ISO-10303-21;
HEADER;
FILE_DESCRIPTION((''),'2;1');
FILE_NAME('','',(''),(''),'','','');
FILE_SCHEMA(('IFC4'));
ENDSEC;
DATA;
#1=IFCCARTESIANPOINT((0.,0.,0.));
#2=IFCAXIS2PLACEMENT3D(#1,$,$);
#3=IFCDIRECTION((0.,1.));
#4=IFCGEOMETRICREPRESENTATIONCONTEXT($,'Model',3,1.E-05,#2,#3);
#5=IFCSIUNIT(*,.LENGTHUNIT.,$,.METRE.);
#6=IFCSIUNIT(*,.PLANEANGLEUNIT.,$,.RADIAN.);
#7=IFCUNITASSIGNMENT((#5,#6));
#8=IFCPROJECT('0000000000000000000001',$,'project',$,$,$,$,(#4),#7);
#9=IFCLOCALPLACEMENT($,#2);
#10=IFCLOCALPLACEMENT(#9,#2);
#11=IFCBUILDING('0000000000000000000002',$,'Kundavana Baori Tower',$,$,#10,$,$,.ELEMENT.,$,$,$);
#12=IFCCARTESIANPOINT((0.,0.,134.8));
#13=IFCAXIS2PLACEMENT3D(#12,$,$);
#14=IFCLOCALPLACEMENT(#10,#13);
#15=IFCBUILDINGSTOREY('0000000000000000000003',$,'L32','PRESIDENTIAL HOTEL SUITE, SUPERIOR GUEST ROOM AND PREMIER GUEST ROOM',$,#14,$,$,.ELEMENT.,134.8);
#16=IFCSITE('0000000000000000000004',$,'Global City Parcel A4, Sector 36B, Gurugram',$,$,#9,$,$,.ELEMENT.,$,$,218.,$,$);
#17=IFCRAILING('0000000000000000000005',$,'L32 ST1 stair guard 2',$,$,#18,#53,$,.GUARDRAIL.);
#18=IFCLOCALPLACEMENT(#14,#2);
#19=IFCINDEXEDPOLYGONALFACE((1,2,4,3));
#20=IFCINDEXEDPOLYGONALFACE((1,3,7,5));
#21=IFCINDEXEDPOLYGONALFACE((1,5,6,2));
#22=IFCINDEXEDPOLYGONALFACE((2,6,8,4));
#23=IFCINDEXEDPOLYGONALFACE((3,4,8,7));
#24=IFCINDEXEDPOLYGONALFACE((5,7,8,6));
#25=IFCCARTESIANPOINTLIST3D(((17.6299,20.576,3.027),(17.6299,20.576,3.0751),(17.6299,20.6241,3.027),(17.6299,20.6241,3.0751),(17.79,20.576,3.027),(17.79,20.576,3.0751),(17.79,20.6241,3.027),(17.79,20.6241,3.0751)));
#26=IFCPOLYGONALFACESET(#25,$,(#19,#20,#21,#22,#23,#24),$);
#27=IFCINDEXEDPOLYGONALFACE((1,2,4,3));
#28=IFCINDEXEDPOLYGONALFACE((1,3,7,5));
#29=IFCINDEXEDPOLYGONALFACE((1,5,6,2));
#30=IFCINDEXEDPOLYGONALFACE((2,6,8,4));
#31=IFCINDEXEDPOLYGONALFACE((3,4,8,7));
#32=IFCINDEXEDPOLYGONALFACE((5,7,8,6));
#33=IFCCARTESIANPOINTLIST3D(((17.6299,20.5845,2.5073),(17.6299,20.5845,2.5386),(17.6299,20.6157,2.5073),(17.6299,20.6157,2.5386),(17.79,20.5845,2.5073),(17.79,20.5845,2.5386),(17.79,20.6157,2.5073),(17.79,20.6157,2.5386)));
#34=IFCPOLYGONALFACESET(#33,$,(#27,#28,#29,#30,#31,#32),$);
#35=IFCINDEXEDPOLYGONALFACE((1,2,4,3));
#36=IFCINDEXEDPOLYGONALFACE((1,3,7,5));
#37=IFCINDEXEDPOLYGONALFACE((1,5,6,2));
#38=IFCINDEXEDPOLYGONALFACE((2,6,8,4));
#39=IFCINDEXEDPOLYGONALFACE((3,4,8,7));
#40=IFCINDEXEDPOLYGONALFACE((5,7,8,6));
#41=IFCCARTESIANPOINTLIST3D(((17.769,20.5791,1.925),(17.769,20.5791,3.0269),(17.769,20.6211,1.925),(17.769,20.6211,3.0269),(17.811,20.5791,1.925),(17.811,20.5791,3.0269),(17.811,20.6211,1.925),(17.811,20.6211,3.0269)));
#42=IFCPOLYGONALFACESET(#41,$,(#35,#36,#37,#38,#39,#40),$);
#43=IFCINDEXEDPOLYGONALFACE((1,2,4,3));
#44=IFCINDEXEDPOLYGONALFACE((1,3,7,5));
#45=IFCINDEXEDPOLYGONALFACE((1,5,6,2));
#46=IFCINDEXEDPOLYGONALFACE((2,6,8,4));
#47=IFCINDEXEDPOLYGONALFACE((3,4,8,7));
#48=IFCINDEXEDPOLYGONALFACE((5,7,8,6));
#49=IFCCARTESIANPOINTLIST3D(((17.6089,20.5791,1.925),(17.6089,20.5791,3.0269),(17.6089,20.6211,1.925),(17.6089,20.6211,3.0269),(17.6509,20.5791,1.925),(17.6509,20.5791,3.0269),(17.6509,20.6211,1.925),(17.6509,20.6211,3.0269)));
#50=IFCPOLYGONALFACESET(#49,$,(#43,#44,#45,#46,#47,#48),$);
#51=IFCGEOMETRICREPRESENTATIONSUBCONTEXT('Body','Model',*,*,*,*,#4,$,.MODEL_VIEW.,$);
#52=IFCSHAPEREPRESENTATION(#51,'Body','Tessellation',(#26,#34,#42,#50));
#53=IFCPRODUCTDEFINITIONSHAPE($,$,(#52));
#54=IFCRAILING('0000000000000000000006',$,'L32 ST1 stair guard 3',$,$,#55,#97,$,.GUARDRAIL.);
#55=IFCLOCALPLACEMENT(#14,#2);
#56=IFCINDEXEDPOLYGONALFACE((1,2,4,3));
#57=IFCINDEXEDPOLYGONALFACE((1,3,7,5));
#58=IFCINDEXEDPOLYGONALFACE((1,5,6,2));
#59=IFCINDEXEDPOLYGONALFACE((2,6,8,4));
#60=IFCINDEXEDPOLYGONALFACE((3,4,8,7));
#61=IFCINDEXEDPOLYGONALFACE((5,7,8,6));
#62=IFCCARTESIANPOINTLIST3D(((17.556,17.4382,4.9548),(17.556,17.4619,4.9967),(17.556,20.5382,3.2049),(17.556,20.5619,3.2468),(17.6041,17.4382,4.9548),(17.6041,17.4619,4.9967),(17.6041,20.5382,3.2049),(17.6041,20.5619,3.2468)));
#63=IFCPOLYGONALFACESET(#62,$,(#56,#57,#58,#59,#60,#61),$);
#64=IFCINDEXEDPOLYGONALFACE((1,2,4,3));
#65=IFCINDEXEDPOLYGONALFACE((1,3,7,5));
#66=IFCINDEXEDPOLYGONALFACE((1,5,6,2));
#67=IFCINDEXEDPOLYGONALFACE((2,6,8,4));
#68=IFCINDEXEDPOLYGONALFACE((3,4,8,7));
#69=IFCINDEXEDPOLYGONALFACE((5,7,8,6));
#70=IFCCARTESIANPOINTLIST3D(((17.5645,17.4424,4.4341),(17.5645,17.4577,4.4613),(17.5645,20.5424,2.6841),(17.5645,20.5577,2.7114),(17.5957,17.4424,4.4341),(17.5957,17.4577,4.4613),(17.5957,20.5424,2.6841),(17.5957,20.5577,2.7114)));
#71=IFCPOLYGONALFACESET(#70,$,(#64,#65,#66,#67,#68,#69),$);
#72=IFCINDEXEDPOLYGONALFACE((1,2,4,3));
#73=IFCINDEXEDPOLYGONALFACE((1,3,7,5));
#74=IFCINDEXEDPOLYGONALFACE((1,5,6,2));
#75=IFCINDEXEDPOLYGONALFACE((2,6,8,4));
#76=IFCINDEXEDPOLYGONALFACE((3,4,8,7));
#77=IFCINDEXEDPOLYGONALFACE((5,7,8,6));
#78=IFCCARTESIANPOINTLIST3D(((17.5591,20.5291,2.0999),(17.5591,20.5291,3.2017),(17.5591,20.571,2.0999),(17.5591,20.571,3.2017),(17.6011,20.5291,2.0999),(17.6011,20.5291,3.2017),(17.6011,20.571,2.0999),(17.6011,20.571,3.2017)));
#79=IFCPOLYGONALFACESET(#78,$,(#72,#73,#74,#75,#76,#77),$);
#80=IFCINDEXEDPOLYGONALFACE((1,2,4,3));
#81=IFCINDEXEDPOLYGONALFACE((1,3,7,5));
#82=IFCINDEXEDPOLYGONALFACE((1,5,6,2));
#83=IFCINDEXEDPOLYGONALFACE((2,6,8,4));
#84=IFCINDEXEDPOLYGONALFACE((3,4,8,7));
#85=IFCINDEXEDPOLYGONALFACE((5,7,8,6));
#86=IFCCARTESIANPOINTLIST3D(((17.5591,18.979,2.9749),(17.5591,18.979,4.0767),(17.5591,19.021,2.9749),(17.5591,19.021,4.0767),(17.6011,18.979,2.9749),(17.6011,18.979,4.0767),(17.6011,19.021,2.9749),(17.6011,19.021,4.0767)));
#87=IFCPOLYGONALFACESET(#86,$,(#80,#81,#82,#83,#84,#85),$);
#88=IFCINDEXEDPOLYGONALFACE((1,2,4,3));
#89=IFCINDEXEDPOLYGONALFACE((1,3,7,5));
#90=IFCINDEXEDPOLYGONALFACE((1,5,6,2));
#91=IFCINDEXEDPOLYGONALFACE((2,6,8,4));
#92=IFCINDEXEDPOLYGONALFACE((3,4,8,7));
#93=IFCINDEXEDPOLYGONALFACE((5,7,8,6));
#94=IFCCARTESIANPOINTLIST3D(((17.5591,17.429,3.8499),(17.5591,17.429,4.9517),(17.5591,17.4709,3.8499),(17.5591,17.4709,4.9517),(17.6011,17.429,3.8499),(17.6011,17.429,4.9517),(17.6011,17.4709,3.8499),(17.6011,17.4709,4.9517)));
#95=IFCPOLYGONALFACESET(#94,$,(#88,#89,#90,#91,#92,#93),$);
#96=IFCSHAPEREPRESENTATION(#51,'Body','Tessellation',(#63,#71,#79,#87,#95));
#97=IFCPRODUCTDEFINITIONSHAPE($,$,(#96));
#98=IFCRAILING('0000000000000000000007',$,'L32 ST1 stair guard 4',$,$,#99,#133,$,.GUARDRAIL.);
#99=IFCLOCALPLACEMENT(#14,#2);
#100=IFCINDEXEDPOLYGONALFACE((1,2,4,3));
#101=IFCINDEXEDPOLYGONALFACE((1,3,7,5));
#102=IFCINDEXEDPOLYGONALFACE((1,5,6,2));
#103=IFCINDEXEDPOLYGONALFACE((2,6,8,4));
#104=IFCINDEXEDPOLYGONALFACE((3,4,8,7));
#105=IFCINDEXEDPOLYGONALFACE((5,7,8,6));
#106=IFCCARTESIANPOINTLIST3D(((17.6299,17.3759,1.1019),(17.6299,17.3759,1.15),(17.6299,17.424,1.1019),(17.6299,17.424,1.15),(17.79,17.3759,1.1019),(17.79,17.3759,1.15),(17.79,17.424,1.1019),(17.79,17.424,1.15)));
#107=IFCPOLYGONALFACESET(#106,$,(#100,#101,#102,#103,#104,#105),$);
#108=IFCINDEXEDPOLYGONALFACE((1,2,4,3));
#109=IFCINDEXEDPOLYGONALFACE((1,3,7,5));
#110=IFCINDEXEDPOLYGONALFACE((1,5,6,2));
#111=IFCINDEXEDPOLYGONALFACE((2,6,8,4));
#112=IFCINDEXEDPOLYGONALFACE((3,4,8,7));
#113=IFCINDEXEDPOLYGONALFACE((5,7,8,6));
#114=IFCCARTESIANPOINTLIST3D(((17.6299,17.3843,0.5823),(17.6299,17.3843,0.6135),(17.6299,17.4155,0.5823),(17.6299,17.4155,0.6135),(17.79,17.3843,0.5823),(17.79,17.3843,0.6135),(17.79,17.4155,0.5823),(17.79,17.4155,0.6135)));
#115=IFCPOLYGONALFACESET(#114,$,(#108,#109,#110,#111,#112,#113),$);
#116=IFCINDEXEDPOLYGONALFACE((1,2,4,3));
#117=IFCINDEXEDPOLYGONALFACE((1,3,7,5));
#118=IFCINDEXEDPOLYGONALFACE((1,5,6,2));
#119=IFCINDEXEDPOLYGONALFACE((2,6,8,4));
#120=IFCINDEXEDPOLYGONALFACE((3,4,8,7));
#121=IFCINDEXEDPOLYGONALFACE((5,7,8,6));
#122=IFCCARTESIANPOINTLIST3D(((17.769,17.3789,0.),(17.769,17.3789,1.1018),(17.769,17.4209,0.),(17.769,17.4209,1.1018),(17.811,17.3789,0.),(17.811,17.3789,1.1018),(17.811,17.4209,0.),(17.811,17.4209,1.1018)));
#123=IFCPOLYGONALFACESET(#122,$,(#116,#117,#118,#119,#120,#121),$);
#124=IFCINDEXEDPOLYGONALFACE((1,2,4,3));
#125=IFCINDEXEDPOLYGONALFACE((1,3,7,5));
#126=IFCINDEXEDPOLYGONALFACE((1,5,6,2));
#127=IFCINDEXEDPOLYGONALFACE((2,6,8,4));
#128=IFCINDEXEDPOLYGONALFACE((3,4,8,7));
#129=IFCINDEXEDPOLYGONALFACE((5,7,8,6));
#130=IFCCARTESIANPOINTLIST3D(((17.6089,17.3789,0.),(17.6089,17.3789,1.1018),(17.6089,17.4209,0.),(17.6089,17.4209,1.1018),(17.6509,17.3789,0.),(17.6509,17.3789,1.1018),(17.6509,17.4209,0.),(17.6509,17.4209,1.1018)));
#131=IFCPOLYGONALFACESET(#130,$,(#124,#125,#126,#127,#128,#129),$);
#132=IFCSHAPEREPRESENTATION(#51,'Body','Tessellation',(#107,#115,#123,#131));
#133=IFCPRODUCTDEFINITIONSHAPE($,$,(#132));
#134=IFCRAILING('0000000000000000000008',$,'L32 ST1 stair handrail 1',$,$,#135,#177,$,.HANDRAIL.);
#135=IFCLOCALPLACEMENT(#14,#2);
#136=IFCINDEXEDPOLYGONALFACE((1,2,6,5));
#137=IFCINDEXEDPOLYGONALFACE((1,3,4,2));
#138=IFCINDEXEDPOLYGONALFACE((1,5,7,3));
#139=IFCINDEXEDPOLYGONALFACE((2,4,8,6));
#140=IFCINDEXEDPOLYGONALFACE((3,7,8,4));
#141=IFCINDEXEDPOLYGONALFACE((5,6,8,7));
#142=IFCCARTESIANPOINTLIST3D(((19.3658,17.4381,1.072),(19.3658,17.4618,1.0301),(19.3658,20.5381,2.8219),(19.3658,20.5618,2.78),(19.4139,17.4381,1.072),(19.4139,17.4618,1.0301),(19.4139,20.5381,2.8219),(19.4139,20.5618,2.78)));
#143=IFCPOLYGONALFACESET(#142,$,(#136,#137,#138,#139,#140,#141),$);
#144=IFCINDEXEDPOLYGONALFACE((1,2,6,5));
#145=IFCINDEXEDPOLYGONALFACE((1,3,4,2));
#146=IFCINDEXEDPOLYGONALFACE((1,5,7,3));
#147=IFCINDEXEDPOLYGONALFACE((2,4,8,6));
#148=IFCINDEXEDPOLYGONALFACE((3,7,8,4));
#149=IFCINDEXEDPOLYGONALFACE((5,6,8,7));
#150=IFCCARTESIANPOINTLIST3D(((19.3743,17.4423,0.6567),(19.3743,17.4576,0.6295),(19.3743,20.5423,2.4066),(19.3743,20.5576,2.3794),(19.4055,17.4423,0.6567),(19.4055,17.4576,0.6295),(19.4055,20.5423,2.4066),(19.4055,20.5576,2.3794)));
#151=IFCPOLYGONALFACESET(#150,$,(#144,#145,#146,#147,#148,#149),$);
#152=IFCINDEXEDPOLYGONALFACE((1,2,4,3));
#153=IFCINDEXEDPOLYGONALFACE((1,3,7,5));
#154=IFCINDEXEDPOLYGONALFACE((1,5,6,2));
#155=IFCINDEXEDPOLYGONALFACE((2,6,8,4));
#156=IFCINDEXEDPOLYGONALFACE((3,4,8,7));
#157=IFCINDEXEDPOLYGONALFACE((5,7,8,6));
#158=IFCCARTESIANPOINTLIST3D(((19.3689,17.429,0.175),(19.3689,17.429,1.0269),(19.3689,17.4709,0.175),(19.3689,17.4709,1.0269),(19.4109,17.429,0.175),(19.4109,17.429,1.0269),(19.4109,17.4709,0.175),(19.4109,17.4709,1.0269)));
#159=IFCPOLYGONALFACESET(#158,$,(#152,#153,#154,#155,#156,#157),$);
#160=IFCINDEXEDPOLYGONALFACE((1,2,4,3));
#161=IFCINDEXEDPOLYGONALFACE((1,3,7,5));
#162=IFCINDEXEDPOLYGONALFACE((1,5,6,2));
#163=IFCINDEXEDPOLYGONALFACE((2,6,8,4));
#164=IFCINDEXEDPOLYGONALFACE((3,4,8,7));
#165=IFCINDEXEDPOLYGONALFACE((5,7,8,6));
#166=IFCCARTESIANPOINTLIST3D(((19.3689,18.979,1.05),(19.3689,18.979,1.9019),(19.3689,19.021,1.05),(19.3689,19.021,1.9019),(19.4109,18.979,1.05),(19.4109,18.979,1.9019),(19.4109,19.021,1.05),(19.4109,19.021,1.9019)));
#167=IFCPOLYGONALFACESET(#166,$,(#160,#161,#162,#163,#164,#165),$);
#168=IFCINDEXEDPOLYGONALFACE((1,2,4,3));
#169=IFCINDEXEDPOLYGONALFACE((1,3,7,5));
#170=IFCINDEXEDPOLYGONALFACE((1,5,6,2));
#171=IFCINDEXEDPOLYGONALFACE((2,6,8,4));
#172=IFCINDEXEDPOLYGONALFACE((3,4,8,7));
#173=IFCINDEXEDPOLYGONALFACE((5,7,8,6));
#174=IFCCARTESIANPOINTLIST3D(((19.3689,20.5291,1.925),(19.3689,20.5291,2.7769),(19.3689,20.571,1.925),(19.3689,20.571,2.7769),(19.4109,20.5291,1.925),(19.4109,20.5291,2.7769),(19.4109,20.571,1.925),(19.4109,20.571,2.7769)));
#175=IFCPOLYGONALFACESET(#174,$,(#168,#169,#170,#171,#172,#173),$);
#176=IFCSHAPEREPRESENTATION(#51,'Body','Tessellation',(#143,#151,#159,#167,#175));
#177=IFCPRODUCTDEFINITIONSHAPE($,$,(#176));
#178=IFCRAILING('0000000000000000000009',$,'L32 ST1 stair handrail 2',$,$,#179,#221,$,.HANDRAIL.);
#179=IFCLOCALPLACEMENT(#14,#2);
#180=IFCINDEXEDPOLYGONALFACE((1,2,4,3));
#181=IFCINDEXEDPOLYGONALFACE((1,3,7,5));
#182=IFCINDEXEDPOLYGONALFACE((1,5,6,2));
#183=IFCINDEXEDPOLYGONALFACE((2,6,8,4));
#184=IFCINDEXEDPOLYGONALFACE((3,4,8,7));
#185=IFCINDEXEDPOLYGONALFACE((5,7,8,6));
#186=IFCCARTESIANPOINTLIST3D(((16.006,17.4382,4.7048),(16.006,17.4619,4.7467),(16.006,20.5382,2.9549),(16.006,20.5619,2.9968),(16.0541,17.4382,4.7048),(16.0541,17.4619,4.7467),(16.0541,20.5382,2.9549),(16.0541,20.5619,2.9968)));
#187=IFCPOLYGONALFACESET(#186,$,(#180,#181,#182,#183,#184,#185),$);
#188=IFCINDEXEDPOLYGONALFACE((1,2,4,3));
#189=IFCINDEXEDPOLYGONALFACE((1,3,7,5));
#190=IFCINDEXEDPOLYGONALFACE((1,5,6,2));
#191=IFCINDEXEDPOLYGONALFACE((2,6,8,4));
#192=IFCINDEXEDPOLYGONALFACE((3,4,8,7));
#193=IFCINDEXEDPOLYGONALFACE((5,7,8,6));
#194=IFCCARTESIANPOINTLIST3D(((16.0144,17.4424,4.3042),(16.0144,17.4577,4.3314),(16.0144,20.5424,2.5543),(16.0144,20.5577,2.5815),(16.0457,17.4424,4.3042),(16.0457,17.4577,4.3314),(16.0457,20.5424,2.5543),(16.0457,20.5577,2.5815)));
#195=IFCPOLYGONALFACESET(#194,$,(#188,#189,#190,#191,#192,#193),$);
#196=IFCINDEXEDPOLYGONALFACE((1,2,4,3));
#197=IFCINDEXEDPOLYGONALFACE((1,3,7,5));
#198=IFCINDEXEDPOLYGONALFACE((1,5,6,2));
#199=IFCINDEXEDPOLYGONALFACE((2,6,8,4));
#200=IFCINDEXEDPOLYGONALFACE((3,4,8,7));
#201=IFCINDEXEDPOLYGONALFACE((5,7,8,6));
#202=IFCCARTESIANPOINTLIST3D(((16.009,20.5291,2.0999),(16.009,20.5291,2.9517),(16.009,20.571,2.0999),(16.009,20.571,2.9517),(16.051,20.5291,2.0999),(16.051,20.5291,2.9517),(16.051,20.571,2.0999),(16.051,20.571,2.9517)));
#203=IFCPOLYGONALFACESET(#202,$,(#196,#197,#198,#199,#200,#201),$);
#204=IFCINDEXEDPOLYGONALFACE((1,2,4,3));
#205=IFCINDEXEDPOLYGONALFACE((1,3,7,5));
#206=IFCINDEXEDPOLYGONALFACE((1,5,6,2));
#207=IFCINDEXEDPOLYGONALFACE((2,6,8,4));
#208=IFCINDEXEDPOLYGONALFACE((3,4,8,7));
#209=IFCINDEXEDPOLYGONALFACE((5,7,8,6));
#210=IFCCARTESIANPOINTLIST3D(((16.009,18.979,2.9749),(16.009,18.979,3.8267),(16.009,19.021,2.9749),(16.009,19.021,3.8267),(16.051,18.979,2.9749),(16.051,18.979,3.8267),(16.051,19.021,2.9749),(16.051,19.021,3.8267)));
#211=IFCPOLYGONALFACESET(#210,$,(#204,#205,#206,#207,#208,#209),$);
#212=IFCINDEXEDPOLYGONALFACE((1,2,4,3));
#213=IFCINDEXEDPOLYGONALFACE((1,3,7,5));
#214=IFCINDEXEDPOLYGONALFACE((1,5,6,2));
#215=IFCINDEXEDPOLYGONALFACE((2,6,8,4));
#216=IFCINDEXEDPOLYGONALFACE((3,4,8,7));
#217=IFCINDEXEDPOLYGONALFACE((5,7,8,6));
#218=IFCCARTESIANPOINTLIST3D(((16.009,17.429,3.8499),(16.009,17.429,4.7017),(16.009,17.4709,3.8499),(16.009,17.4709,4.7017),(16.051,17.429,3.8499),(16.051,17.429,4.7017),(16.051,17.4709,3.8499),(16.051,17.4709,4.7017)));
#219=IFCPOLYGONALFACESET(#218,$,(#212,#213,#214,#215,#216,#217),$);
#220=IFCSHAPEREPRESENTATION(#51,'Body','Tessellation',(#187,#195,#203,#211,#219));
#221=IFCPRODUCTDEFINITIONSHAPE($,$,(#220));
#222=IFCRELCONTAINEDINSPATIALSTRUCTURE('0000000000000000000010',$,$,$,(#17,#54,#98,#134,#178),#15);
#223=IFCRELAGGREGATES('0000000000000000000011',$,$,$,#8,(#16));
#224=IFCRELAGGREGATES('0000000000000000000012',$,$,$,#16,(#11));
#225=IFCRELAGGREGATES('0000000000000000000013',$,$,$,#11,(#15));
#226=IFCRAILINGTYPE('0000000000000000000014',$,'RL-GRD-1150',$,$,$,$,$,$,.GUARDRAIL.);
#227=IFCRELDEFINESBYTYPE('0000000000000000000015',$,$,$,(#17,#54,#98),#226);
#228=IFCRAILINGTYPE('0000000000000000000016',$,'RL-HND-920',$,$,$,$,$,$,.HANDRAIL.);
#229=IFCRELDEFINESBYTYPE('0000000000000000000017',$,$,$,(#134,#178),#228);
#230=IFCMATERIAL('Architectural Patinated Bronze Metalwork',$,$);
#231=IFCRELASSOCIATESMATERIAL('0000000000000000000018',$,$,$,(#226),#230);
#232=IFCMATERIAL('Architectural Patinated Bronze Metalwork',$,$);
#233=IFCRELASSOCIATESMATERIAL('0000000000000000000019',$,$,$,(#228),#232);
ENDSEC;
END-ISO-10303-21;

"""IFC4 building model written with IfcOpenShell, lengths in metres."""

from ifc_helpers import new_model, si_unit, direction, frame, origin, origin_2d, place, context, subcontext, project, spatial, rectangle, extrude, material, type_object, element, save


model = new_model("IFC4")

# Units and contexts
model_context = context("Model", 3, precision=1e-05, world=origin(), true_north=direction((0.0, 1.0)))
body_context = subcontext(model_context, "Body", "Model", "MODEL_VIEW")
ifc_project = project(units=[si_unit("LENGTHUNIT", "METRE"), si_unit("PLANEANGLEUNIT", "RADIAN")], contexts=[model_context])

# Site, building, storey
site_placement = place(None, origin())
site = spatial("IfcSite", under=ifc_project, at=site_placement, Name="Global City Parcel A4, Sector 36B, Gurugram", CompositionType="ELEMENT", RefElevation=218.0)
building_placement = place(site_placement, origin())
building = spatial("IfcBuilding", under=site, at=building_placement, Name="Kundavana Baori Tower", CompositionType="ELEMENT")
storey_placement = place(building_placement, frame((0.0, 0.0, 134.8)))
storey = spatial("IfcBuildingStorey", under=building, at=storey_placement, Name="L32", Description="PRESIDENTIAL HOTEL SUITE, SUPERIOR GUEST ROOM AND PREMIER GUEST ROOM", CompositionType="ELEMENT", Elevation=134.8)

# Railings
ifc_material_1 = material(Name="Architectural Patinated Bronze Metalwork")
railing_type_1 = type_object("IfcRailingType", Name="RL-GRD-1150", PredefinedType="GUARDRAIL", material=ifc_material_1)
railing_1_placement = place(storey_placement, frame((17.79, 20.6001, 1.925)))
element("IfcRailing", 1, at=railing_1_placement, inside=storey, type_object=railing_type_1, Name="L32 ST1 stair guard 2", PredefinedType="GUARDRAIL", context=body_context, shape_type="SweptSolid", body=[
    extrude(rectangle(XDim=0.0481, YDim=0.0481, at=origin_2d()), frame((0.0, 0.0, 1.126), z_axis=(-1.0, 0.0, 0.0), x_axis=(0.0, -1.0, 0.0)), (0.0, 0.0, 1.0), 0.1602),
    extrude(rectangle(XDim=0.0312, YDim=0.0312, at=origin_2d()), frame((0.0, 0.0, 0.5979), z_axis=(-1.0, 0.0, 0.0), x_axis=(0.0, -1.0, 0.0)), (0.0, 0.0, 1.0), 0.1602),
    extrude(rectangle(XDim=0.042, YDim=0.042, at=origin_2d()), origin(), (0.0, 0.0, 1.0), 1.1018),
    extrude(rectangle(XDim=0.042, YDim=0.042, at=origin_2d()), frame((-0.1602, 0.0, 0.0)), (0.0, 0.0, 1.0), 1.1018),
])
railing_2_placement = place(storey_placement, frame((17.5801, 20.55, 2.0999)))
element("IfcRailing", 2, at=railing_2_placement, inside=storey, type_object=railing_type_1, Name="L32 ST1 stair guard 3", PredefinedType="GUARDRAIL", context=body_context, shape_type="SweptSolid", body=[
    extrude(rectangle(XDim=0.0481, YDim=0.0481, at=origin_2d()), frame((0.0, 0.0, 1.126), z_axis=(0.0, -0.870831, 0.491583), x_axis=(1.0, 0.0, 0.0)), (0.0, 0.0, 1.0), 3.5598),
    extrude(rectangle(XDim=0.0312, YDim=0.0312, at=origin_2d()), frame((0.0, 0.0, 0.5979), z_axis=(0.0, -0.870831, 0.491583), x_axis=(1.0, 0.0, 0.0)), (0.0, 0.0, 1.0), 3.5598),
    extrude(rectangle(XDim=0.042, YDim=0.042, at=origin_2d()), origin(), (0.0, 0.0, 1.0), 1.1018),
    extrude(rectangle(XDim=0.042, YDim=0.042, at=origin_2d()), frame((0.0, -1.55, 0.875)), (0.0, 0.0, 1.0), 1.1018),
    extrude(rectangle(XDim=0.042, YDim=0.042, at=origin_2d()), frame((0.0, -3.1001, 1.75)), (0.0, 0.0, 1.0), 1.1018),
])
railing_3_placement = place(storey_placement, frame((17.79, 17.3999, 0.0)))
element("IfcRailing", 3, at=railing_3_placement, inside=storey, type_object=railing_type_1, Name="L32 ST1 stair guard 4", PredefinedType="GUARDRAIL", context=body_context, shape_type="SweptSolid", body=[
    extrude(rectangle(XDim=0.0481, YDim=0.0481, at=origin_2d()), frame((0.0, 0.0, 1.126), z_axis=(-1.0, 0.0, 0.0), x_axis=(0.0, -1.0, 0.0)), (0.0, 0.0, 1.0), 0.1602),
    extrude(rectangle(XDim=0.0312, YDim=0.0312, at=origin_2d()), frame((0.0, 0.0, 0.5979), z_axis=(-1.0, 0.0, 0.0), x_axis=(0.0, -1.0, 0.0)), (0.0, 0.0, 1.0), 0.1602),
    extrude(rectangle(XDim=0.042, YDim=0.042, at=origin_2d()), origin(), (0.0, 0.0, 1.0), 1.1018),
    extrude(rectangle(XDim=0.042, YDim=0.042, at=origin_2d()), frame((-0.1602, 0.0, 0.0)), (0.0, 0.0, 1.0), 1.1018),
])
ifc_material_2 = material(Name="Architectural Patinated Bronze Metalwork")
railing_type_2 = type_object("IfcRailingType", Name="RL-HND-920", PredefinedType="HANDRAIL", material=ifc_material_2)
railing_4_placement = place(storey_placement, frame((19.3899, 17.45, 0.175)))
element("IfcRailing", 4, at=railing_4_placement, inside=storey, type_object=railing_type_2, Name="L32 ST1 stair handrail 1", PredefinedType="HANDRAIL", context=body_context, shape_type="SweptSolid", body=[
    extrude(rectangle(XDim=0.0481, YDim=0.0481, at=origin_2d()), frame((0.0, 0.0, 0.876), z_axis=(0.0, 0.870831, 0.491583), x_axis=(-1.0, 0.0, 0.0)), (0.0, 0.0, 1.0), 3.5598),
    extrude(rectangle(XDim=0.0312, YDim=0.0312, at=origin_2d()), frame((0.0, 0.0, 0.468), z_axis=(0.0, 0.870831, 0.491583), x_axis=(-1.0, 0.0, 0.0)), (0.0, 0.0, 1.0), 3.5598),
    extrude(rectangle(XDim=0.042, YDim=0.042, at=origin_2d()), origin(), (0.0, 0.0, 1.0), 0.8518),
    extrude(rectangle(XDim=0.042, YDim=0.042, at=origin_2d()), frame((0.0, 1.55, 0.875)), (0.0, 0.0, 1.0), 0.8518),
    extrude(rectangle(XDim=0.042, YDim=0.042, at=origin_2d()), frame((0.0, 3.1001, 1.75)), (0.0, 0.0, 1.0), 0.8518),
])
railing_5_placement = place(storey_placement, frame((16.03, 20.55, 2.0999)))
element("IfcRailing", 5, at=railing_5_placement, inside=storey, type_object=railing_type_2, Name="L32 ST1 stair handrail 2", PredefinedType="HANDRAIL", context=body_context, shape_type="SweptSolid", body=[
    extrude(rectangle(XDim=0.0481, YDim=0.0481, at=origin_2d()), frame((0.0, 0.0, 0.876), z_axis=(0.0, -0.870831, 0.491583), x_axis=(1.0, 0.0, 0.0)), (0.0, 0.0, 1.0), 3.5598),
    extrude(rectangle(XDim=0.0312, YDim=0.0312, at=origin_2d()), frame((0.0, 0.0, 0.468), z_axis=(0.0, -0.870831, 0.491583), x_axis=(1.0, 0.0, 0.0)), (0.0, 0.0, 1.0), 3.5598),
    extrude(rectangle(XDim=0.042, YDim=0.042, at=origin_2d()), origin(), (0.0, 0.0, 1.0), 0.8518),
    extrude(rectangle(XDim=0.042, YDim=0.042, at=origin_2d()), frame((0.0, -1.55, 0.875)), (0.0, 0.0, 1.0), 0.8518),
    extrude(rectangle(XDim=0.042, YDim=0.042, at=origin_2d()), frame((0.0, -3.1001, 1.75)), (0.0, 0.0, 1.0), 0.8518),
])

save(model, "model.ifc")
